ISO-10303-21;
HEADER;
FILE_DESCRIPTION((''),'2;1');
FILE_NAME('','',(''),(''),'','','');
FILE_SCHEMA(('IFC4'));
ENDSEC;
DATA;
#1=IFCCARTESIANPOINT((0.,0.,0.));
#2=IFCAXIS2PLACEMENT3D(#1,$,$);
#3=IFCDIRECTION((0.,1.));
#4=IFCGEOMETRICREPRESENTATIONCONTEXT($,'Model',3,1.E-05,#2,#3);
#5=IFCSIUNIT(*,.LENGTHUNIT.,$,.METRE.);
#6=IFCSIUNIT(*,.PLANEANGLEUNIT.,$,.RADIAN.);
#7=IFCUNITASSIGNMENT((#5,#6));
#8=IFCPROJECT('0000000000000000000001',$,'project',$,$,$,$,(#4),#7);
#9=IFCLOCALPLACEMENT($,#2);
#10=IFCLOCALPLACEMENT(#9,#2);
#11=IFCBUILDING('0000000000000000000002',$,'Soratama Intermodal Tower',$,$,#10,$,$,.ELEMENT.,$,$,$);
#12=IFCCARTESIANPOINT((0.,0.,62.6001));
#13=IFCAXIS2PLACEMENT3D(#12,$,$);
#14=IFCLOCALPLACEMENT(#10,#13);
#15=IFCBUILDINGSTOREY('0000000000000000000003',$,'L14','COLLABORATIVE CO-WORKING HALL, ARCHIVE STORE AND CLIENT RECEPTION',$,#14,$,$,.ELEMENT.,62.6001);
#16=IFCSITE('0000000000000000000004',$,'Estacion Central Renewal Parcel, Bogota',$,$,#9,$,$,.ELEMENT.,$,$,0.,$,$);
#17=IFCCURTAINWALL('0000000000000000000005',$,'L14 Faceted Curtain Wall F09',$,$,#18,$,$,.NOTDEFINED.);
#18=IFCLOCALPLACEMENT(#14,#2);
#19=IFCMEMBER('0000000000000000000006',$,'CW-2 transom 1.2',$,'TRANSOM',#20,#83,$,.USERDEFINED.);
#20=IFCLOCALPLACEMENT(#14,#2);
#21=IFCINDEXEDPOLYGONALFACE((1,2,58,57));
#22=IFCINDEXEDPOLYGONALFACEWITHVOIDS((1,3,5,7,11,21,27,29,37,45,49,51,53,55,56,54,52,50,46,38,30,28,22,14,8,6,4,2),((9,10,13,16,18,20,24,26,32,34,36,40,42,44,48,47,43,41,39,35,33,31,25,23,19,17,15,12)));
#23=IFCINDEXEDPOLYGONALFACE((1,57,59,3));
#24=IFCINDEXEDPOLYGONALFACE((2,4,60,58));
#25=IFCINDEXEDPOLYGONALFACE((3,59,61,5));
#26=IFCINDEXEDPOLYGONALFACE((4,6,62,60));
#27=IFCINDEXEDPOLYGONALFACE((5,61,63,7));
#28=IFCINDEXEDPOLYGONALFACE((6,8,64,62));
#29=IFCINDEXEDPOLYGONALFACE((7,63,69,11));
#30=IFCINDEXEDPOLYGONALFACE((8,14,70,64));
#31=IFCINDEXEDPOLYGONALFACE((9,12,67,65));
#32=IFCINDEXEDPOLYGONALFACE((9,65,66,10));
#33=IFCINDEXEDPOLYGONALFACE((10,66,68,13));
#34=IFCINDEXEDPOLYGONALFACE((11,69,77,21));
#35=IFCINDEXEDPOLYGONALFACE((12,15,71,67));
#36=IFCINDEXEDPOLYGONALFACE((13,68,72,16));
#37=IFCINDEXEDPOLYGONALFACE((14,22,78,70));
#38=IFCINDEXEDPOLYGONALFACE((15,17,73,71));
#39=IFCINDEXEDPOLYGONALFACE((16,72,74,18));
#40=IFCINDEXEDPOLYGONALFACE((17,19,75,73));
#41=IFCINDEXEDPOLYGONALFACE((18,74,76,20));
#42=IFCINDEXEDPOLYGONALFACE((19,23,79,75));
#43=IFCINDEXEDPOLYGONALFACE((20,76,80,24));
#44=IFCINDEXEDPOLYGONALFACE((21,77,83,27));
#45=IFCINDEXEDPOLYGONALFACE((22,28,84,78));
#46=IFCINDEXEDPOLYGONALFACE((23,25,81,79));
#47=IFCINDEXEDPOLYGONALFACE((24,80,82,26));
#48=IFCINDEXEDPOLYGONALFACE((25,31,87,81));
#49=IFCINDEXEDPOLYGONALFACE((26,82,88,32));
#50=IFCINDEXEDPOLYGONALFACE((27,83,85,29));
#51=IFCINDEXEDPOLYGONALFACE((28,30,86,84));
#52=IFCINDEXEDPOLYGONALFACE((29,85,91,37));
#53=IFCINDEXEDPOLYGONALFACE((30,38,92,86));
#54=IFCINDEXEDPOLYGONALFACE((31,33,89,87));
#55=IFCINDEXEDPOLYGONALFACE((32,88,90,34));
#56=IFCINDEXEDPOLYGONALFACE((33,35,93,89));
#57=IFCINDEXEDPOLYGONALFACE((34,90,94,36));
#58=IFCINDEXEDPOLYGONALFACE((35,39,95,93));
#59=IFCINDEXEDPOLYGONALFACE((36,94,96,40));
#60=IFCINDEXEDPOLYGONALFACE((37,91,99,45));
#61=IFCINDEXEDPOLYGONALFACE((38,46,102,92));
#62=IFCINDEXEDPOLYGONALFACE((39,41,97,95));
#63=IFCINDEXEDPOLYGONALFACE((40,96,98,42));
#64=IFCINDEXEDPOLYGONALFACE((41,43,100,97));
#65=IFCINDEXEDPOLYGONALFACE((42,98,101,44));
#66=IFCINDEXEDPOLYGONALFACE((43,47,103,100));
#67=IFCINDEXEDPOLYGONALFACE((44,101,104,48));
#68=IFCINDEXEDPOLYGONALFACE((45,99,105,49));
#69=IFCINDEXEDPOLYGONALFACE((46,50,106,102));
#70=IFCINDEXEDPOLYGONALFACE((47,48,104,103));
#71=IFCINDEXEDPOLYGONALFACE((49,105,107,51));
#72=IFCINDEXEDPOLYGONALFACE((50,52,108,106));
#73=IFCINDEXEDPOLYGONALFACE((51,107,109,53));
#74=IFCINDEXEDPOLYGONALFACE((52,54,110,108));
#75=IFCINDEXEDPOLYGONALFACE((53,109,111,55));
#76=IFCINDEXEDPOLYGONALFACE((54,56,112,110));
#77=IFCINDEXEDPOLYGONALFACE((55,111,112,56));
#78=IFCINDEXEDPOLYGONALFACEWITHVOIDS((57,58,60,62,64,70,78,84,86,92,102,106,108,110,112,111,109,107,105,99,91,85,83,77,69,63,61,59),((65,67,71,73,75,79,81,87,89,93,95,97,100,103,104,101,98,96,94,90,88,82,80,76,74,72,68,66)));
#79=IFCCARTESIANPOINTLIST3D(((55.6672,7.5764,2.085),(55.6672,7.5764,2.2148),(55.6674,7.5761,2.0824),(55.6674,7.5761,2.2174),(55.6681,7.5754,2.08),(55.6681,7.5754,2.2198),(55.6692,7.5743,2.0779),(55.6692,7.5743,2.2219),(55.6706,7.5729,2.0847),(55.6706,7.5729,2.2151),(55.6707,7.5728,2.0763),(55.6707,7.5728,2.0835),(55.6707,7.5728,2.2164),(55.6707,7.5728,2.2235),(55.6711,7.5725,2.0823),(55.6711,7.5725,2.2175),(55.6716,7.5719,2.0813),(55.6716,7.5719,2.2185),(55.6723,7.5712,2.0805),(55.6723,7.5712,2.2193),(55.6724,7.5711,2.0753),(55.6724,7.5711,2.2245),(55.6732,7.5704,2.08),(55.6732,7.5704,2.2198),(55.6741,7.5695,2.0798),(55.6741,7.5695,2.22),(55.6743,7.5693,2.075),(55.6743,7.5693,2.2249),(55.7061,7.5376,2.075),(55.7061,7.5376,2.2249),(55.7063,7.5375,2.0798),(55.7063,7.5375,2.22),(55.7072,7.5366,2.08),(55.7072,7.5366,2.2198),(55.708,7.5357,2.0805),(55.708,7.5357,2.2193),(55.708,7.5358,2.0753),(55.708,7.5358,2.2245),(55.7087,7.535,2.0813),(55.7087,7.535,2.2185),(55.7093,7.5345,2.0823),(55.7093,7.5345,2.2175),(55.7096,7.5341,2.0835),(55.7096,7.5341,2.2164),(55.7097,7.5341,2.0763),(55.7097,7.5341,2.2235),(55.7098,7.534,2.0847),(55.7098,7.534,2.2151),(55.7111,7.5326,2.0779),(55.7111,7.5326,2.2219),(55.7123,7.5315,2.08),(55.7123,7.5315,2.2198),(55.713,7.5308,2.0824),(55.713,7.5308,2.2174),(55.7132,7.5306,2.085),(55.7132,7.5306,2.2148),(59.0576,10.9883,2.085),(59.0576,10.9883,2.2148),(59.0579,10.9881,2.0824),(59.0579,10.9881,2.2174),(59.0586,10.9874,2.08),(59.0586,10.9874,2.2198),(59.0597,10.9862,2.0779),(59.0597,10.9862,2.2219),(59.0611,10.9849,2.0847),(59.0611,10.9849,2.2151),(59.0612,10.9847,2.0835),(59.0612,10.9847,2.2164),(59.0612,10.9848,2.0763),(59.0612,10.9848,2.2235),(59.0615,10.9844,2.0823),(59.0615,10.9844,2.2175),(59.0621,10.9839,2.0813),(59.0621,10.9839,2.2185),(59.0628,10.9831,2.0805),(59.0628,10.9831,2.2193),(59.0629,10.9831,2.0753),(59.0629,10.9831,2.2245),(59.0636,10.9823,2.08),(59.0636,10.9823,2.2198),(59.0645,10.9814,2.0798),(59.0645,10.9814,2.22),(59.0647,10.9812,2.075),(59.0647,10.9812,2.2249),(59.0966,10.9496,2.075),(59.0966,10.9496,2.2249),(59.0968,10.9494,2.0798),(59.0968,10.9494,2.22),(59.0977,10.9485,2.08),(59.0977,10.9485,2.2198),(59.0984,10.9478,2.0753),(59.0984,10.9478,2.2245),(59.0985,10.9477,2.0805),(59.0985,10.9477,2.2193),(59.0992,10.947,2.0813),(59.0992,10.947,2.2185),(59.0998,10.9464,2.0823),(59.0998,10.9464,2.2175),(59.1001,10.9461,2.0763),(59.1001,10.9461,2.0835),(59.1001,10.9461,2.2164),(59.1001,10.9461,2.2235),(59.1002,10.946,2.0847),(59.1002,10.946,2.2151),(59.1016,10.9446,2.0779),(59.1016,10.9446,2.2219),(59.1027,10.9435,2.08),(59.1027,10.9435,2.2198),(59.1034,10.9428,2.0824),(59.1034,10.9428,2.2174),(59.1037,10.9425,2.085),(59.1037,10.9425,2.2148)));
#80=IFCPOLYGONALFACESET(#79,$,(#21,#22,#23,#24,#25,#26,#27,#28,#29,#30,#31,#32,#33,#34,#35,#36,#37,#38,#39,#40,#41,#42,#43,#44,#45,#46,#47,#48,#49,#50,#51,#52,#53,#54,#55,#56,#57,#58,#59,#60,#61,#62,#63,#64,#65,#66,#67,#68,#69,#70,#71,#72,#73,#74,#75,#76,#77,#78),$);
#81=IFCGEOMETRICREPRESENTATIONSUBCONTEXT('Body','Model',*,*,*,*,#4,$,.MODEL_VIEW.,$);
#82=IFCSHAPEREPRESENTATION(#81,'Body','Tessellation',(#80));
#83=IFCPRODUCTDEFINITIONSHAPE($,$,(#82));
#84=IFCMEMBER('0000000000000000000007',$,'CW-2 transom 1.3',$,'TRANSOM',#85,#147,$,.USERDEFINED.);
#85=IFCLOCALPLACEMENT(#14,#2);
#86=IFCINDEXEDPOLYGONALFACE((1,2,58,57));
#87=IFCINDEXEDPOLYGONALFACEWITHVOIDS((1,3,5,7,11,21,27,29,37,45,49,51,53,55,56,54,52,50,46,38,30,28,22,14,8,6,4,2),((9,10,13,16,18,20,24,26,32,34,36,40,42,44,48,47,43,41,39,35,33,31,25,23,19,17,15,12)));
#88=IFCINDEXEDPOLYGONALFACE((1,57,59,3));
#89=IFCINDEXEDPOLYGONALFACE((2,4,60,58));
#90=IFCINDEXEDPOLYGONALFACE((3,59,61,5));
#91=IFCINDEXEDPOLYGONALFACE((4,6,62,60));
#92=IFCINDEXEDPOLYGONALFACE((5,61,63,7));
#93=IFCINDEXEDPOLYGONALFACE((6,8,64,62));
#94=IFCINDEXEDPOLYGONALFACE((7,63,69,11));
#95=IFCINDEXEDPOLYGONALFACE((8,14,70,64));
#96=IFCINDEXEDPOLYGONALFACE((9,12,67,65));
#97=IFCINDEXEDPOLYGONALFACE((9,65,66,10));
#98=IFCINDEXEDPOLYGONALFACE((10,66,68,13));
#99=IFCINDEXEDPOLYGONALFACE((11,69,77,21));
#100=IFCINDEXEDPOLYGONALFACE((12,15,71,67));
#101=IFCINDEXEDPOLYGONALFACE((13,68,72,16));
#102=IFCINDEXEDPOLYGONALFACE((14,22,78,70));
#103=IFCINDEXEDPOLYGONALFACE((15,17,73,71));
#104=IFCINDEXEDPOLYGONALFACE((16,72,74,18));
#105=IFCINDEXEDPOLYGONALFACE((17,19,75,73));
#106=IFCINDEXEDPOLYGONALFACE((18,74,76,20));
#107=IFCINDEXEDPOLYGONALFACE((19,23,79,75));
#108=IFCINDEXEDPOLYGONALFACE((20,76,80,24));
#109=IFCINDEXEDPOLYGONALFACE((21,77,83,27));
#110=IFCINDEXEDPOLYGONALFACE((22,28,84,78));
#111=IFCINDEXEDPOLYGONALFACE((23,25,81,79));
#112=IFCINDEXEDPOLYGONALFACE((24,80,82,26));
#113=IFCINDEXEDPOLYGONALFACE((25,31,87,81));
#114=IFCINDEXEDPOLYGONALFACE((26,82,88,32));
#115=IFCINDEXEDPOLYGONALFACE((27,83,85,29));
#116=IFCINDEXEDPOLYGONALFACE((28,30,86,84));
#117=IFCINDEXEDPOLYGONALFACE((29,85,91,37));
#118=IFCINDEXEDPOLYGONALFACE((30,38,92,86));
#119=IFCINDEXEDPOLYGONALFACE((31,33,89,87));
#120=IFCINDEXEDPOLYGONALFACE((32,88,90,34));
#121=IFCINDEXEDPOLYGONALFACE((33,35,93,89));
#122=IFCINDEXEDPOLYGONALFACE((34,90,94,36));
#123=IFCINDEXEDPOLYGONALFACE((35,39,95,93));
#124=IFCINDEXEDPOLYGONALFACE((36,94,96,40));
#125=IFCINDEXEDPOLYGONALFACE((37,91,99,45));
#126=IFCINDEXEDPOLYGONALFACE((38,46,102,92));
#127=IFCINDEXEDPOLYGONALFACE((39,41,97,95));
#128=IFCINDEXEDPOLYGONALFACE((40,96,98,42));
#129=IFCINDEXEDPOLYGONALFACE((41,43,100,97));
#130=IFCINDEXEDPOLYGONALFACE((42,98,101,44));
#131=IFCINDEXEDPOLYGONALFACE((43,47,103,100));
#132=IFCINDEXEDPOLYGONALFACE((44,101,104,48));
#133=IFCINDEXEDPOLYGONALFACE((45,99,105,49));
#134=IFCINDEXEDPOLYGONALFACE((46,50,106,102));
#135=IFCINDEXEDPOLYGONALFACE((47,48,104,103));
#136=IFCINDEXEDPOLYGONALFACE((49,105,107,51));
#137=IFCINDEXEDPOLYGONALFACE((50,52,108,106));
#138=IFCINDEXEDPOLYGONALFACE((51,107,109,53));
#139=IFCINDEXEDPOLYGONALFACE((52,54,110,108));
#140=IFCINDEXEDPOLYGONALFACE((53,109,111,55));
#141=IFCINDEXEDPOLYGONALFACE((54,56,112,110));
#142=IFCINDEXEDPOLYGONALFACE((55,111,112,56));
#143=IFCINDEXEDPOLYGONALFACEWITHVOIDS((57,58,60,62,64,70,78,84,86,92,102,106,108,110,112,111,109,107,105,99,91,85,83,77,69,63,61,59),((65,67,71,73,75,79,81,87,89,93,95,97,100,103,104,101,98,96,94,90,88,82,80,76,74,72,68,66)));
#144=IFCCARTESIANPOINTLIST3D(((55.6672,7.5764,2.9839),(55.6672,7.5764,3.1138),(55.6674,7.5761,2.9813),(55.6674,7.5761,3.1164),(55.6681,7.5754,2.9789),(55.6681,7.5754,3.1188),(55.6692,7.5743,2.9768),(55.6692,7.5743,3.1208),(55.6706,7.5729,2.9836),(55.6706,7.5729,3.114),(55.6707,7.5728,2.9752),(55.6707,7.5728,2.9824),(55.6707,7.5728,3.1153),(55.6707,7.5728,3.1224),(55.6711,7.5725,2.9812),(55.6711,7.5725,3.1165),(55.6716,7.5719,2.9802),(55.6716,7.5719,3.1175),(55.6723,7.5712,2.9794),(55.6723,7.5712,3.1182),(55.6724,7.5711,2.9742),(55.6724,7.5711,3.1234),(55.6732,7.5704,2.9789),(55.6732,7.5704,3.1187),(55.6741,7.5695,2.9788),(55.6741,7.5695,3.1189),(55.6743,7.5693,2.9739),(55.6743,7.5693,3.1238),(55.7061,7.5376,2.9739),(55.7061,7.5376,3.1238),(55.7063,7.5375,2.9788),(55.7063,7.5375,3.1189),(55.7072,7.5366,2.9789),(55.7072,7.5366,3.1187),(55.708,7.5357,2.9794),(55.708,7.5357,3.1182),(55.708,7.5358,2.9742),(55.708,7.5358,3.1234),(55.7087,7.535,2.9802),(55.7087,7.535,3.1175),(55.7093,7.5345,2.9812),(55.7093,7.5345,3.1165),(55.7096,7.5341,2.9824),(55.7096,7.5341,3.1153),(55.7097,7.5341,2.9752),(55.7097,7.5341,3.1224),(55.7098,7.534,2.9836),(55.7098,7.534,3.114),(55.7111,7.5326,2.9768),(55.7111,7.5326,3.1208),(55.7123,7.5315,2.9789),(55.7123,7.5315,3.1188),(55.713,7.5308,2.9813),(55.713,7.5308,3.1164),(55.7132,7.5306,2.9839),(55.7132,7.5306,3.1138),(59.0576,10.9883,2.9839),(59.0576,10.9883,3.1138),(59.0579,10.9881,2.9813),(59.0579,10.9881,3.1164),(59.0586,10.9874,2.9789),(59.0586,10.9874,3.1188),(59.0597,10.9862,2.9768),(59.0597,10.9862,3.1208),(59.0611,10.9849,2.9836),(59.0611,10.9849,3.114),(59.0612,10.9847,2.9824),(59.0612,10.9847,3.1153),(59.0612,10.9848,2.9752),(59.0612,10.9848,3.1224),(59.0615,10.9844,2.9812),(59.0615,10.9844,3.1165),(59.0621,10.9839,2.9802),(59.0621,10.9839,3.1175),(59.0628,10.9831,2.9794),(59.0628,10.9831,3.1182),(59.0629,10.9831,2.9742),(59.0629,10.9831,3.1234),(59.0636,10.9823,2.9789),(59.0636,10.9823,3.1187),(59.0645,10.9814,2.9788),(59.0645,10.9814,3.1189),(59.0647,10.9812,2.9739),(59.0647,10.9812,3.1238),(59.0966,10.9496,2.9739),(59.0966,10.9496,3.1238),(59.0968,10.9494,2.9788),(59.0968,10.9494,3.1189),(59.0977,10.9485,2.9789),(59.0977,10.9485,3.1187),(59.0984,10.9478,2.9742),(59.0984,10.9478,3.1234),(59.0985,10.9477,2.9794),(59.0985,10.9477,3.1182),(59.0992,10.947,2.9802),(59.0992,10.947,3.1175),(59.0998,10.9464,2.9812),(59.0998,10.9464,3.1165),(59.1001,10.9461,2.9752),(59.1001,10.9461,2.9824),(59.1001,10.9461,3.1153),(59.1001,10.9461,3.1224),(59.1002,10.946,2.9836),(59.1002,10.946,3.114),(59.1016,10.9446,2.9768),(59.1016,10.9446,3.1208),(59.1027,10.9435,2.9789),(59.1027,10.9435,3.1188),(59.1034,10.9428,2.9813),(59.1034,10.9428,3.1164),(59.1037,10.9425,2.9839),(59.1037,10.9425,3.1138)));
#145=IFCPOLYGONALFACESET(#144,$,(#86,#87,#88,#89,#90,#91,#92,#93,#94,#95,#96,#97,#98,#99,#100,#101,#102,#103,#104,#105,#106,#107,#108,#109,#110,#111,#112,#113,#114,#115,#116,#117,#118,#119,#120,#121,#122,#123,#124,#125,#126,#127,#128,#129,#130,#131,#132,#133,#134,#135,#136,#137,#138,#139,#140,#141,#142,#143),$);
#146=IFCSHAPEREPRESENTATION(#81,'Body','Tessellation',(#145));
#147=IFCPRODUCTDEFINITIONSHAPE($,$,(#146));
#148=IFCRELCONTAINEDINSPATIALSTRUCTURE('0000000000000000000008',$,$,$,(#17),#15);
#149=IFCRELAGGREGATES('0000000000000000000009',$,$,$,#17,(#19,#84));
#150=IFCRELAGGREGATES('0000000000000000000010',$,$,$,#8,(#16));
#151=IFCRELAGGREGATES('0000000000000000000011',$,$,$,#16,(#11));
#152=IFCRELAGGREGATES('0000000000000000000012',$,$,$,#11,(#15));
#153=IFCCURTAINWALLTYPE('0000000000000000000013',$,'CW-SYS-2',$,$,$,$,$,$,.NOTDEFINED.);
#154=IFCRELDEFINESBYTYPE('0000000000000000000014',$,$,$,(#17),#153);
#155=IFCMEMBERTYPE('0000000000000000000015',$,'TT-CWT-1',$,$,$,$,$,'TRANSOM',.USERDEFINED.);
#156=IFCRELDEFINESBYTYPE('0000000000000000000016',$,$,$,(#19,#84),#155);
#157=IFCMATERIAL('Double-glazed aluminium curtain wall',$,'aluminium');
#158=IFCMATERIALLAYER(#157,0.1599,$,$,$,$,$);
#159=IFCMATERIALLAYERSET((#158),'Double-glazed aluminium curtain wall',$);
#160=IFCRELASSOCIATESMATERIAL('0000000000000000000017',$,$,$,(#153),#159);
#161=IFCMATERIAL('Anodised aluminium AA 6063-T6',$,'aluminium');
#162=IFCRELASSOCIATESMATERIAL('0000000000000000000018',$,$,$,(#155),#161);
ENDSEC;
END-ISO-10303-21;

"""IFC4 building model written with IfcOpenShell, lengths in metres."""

from ifc_helpers import new_model, si_unit, direction, frame, origin, origin_2d, place, context, subcontext, project, spatial, hollow_rectangle, extrude, material, layer, layer_set, material_profile, profile_set, type_object, element, aggregate, save


model = new_model("IFC4")

# Units and contexts
model_context = context("Model", 3, precision=1e-05, world=origin(), true_north=direction((0.0, 1.0)))
body_context = subcontext(model_context, "Body", "Model", "MODEL_VIEW")
ifc_project = project(units=[si_unit("LENGTHUNIT", "METRE"), si_unit("PLANEANGLEUNIT", "RADIAN")], contexts=[model_context])

# Site, building, storey
site_placement = place(None, origin())
site = spatial("IfcSite", under=ifc_project, at=site_placement, Name="Estacion Central Renewal Parcel, Bogota", CompositionType="ELEMENT", RefElevation=0.0)
building_placement = place(site_placement, origin())
building = spatial("IfcBuilding", under=site, at=building_placement, Name="Soratama Intermodal Tower", CompositionType="ELEMENT")
storey_placement = place(building_placement, frame((0.0, 0.0, 62.6001)))
storey = spatial("IfcBuildingStorey", under=building, at=storey_placement, Name="L14", Description="COLLABORATIVE CO-WORKING HALL, ARCHIVE STORE AND CLIENT RECEPTION", CompositionType="ELEMENT", Elevation=62.6001)

# Curtain wall, members
ifc_material_1 = material(Name="Double-glazed aluminium curtain wall", Category="aluminium")
ifc_layer_1 = layer(ifc_material_1, 0.1599)
ifc_layer_set_1 = layer_set([ifc_layer_1], Name="Double-glazed aluminium curtain wall")
curtain_wall_type = type_object("IfcCurtainWallType", Name="CW-SYS-2", PredefinedType="NOTDEFINED", material=ifc_layer_set_1)
curtain_wall_placement = place(storey_placement, origin())
curtain_wall = element("IfcCurtainWall", 1, at=curtain_wall_placement, inside=storey, type_object=curtain_wall_type, Name="L14 Faceted Curtain Wall F09", PredefinedType="NOTDEFINED")
ifc_material_2 = material(Name="Anodised aluminium AA 6063-T6", Category="aluminium")
ifc_material_profile_1 = material_profile(ifc_material_2, hollow_rectangle(XDim=0.0649, YDim=0.1499, WallThickness=0.0049, InnerFilletRadius=0.0049, OuterFilletRadius=0.01, at=origin_2d()), Name="CWT150X65X5")
ifc_profile_set_1 = profile_set([ifc_material_profile_1], Name="Anodised aluminium AA 6063-T6")
member_type_1 = type_object("IfcMemberType", Name="TT-CWT-1", ElementType="TRANSOM", PredefinedType="USERDEFINED", material=ifc_profile_set_1)
member_1_placement = place(storey_placement, frame((55.6902, 7.5535, 2.1499), z_axis=(0.70487, 0.709337, 0.0), x_axis=(-0.709337, 0.70487, 0.0)))
member_1 = element("IfcMember", 2, at=member_1_placement, type_object=member_type_1, Name="CW-2 transom 1.2", ObjectType="TRANSOM", PredefinedType="USERDEFINED", context=body_context, shape_type="SweptSolid", body=[
    extrude(hollow_rectangle(XDim=0.0649, YDim=0.1499, WallThickness=0.0049, InnerFilletRadius=0.0049, OuterFilletRadius=0.01, at=origin_2d()), origin(), (0.0, 0.0, 1.0), 4.8101),
])
member_2_placement = place(storey_placement, frame((55.6902, 7.5535, 3.0488), z_axis=(0.70487, 0.709337, 0.0), x_axis=(-0.709337, 0.70487, 0.0)))
member_2 = element("IfcMember", 3, at=member_2_placement, type_object=member_type_1, Name="CW-2 transom 1.3", ObjectType="TRANSOM", PredefinedType="USERDEFINED", context=body_context, shape_type="SweptSolid", body=[
    extrude(hollow_rectangle(XDim=0.0649, YDim=0.1499, WallThickness=0.0049, InnerFilletRadius=0.0049, OuterFilletRadius=0.01, at=origin_2d()), origin(), (0.0, 0.0, 1.0), 4.8101),
])
aggregate(curtain_wall, [member_1, member_2])

save(model, "model.ifc")
